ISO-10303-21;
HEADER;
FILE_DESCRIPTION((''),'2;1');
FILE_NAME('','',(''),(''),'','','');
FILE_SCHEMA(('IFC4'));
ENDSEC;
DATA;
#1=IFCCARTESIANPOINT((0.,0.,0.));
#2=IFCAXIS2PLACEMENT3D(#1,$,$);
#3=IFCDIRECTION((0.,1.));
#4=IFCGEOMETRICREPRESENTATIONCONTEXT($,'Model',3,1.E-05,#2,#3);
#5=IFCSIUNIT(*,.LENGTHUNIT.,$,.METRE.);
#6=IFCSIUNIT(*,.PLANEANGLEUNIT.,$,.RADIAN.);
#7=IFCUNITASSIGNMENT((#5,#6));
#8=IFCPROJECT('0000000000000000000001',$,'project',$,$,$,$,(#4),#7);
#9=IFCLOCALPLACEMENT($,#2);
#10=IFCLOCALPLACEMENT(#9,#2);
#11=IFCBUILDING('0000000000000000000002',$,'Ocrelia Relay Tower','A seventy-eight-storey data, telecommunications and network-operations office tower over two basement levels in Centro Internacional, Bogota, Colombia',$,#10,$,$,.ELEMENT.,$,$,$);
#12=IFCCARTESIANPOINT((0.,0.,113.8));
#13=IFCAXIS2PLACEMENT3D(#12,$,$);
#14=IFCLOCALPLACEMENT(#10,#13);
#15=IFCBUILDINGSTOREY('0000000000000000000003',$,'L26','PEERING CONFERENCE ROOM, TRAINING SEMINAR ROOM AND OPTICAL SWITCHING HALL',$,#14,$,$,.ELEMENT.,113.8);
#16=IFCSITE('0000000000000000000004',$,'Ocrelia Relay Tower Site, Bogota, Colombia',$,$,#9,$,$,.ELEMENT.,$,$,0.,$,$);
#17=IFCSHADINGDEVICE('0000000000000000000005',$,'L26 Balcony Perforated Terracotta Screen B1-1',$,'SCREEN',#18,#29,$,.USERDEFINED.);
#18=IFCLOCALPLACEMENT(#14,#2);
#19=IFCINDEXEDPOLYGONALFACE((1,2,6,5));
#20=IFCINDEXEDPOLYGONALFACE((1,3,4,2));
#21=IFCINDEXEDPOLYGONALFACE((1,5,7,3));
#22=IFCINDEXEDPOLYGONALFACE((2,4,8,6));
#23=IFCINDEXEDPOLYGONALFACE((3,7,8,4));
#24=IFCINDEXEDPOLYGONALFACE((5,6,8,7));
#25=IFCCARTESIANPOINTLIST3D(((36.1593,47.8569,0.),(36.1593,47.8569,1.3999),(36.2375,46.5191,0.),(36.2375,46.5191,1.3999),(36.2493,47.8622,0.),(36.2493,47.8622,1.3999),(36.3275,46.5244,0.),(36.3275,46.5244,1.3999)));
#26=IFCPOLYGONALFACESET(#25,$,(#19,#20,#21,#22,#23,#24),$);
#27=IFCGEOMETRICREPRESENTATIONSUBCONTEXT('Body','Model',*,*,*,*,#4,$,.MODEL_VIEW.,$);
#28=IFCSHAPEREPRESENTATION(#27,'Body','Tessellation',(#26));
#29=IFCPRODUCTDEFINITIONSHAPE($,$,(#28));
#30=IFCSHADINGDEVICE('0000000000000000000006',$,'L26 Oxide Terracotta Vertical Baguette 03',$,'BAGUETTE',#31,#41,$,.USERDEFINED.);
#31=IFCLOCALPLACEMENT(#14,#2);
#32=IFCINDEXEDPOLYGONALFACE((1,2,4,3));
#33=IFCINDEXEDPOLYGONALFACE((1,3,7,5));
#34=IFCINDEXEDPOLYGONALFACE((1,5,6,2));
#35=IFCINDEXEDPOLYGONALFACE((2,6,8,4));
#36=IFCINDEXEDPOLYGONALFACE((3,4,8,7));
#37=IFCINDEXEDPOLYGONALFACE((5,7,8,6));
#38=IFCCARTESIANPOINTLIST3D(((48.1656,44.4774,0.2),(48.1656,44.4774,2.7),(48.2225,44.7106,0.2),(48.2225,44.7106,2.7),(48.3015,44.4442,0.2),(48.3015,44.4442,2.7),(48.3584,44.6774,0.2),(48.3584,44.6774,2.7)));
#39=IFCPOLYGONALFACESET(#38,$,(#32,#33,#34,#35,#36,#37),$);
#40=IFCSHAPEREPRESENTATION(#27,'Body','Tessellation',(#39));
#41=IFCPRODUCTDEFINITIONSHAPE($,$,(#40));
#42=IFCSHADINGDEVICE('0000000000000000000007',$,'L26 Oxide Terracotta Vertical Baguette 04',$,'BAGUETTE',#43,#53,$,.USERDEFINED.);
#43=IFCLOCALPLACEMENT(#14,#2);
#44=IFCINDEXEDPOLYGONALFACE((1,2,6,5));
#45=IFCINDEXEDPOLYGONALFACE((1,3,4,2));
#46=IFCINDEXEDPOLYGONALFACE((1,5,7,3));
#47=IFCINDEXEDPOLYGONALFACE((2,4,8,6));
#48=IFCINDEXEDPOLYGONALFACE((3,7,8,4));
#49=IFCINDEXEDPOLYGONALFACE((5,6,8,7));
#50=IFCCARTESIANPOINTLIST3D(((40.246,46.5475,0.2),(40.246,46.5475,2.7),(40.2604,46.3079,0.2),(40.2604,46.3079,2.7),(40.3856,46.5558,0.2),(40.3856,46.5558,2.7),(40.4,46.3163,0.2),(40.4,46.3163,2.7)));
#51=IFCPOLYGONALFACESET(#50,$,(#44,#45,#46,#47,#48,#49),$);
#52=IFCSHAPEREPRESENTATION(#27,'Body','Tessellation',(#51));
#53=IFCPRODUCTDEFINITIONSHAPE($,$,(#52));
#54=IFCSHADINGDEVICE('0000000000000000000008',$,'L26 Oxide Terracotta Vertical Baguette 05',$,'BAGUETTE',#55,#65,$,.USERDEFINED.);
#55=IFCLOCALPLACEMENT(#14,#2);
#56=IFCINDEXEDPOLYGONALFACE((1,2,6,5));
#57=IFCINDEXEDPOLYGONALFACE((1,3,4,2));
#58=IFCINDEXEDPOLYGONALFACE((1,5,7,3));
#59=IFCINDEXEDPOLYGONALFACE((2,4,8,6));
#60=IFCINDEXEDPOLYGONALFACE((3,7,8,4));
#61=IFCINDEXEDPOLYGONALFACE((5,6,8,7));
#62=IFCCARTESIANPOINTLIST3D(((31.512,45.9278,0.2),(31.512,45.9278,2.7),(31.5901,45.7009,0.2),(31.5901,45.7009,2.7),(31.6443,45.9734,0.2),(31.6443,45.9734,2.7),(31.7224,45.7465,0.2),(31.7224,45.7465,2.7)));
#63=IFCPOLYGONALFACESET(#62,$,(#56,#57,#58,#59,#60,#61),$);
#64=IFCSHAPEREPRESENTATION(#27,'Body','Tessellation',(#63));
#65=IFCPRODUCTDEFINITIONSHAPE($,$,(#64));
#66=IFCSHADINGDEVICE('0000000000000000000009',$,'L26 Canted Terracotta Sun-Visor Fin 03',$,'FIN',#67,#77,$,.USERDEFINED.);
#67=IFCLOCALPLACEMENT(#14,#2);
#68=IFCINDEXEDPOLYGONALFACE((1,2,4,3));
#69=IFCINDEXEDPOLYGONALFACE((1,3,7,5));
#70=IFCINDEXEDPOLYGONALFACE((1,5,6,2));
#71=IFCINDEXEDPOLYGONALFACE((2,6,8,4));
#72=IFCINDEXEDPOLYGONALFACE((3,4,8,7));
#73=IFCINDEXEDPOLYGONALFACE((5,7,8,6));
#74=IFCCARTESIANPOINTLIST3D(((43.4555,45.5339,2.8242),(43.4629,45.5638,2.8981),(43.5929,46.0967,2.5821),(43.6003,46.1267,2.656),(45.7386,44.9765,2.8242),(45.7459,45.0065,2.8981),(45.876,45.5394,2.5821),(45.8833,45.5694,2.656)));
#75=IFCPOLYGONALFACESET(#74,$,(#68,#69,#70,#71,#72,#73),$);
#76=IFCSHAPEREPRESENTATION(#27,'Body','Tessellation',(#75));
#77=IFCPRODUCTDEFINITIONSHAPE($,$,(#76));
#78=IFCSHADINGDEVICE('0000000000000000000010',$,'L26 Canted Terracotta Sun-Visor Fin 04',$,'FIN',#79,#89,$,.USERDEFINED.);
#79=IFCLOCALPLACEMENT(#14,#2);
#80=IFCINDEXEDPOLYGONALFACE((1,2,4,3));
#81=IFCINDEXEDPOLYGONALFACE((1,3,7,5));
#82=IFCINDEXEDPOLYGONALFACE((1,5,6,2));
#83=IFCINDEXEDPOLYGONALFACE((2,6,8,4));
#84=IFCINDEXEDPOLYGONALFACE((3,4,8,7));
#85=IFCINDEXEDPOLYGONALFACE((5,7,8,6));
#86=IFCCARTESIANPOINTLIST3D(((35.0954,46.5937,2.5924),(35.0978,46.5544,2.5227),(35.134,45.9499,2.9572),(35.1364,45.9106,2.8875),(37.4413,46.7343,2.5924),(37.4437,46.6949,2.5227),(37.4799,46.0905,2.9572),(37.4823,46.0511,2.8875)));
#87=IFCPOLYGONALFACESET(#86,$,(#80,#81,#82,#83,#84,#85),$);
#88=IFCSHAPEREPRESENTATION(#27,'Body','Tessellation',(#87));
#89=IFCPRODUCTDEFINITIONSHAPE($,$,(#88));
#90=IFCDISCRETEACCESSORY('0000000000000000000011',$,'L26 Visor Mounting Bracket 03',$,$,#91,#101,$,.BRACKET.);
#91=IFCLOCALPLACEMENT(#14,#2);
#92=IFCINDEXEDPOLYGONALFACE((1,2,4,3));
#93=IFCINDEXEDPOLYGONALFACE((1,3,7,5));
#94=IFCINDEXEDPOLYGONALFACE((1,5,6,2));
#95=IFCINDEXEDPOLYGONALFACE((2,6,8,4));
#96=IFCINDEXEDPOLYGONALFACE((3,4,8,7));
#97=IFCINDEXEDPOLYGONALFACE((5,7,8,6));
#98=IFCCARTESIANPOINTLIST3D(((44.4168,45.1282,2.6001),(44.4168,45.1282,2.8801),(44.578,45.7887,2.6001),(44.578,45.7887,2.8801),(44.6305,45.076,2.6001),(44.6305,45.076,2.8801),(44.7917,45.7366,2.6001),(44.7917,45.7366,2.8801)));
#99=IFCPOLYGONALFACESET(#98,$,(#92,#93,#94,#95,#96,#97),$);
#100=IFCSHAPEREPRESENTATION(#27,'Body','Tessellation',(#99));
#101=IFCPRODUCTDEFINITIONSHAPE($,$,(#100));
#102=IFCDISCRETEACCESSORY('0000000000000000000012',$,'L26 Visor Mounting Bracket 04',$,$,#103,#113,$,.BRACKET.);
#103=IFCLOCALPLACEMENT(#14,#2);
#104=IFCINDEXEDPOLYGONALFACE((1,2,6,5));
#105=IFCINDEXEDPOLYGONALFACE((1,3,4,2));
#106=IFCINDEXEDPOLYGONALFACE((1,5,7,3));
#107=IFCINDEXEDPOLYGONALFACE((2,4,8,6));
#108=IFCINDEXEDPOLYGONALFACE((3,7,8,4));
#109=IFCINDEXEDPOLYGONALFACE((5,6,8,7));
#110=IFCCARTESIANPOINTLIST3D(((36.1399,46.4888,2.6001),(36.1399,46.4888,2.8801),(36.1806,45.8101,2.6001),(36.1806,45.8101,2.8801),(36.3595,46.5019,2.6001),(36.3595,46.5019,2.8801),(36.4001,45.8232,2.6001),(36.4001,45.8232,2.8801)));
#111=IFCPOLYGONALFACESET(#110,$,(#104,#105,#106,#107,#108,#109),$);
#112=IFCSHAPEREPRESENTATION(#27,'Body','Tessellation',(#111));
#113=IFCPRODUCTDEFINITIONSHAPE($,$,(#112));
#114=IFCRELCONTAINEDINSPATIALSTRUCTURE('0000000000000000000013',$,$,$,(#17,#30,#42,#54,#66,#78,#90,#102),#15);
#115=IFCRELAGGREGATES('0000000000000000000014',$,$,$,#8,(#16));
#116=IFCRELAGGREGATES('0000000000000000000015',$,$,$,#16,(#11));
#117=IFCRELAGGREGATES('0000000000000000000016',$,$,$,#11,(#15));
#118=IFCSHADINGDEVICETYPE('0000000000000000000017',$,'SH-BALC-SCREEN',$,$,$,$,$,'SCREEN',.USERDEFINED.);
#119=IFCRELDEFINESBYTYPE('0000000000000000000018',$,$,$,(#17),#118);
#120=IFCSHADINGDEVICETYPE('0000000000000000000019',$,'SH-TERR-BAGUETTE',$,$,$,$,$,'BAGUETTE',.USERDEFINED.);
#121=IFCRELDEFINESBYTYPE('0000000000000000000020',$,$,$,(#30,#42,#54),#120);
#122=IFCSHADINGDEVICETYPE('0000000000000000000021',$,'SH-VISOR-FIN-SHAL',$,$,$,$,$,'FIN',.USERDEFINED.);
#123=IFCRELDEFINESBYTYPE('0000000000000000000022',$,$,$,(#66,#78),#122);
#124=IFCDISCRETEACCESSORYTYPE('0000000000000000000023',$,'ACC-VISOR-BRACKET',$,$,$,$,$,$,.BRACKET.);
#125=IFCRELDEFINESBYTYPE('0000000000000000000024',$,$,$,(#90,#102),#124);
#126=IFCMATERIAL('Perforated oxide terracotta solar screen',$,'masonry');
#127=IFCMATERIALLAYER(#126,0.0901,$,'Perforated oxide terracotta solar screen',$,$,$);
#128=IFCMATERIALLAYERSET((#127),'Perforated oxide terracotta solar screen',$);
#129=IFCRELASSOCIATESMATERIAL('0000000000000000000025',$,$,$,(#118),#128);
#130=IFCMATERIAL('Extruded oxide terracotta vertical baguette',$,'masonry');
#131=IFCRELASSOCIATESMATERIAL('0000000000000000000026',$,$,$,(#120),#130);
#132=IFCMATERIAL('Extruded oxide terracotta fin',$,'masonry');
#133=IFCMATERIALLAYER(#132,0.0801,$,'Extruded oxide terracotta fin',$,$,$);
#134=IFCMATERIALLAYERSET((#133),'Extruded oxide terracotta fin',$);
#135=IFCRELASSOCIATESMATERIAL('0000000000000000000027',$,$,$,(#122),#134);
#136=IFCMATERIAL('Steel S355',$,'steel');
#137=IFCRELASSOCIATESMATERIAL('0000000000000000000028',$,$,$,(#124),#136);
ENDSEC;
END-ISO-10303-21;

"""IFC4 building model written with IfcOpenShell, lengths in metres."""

from ifc_helpers import new_model, si_unit, direction, frame, origin, origin_2d, place, context, subcontext, project, spatial, rectangle, extrude, material, layer, layer_set, type_object, element, save


model = new_model("IFC4")

# Units and contexts
model_context = context("Model", 3, precision=1e-05, world=origin(), true_north=direction((0.0, 1.0)))
body_context = subcontext(model_context, "Body", "Model", "MODEL_VIEW")
ifc_project = project(units=[si_unit("LENGTHUNIT", "METRE"), si_unit("PLANEANGLEUNIT", "RADIAN")], contexts=[model_context])

# Site, building, storey
site_placement = place(None, origin())
site = spatial("IfcSite", under=ifc_project, at=site_placement, Name="Ocrelia Relay Tower Site, Bogota, Colombia", CompositionType="ELEMENT", RefElevation=0.0)
building_placement = place(site_placement, origin())
building = spatial("IfcBuilding", under=site, at=building_placement, Name="Ocrelia Relay Tower", Description="A seventy-eight-storey data, telecommunications and network-operations office tower over two basement levels in Centro Internacional, Bogota, Colombia", CompositionType="ELEMENT")
storey_placement = place(building_placement, frame((0.0, 0.0, 113.8)))
storey = spatial("IfcBuildingStorey", under=building, at=storey_placement, Name="L26", Description="PEERING CONFERENCE ROOM, TRAINING SEMINAR ROOM AND OPTICAL SWITCHING HALL", CompositionType="ELEMENT", Elevation=113.8)

# Shared definitions
ifc_material_1 = material(Name="Steel S355", Category="steel")

# Shading devices
ifc_material_2 = material(Name="Perforated oxide terracotta solar screen", Category="masonry")
ifc_layer_1 = layer(ifc_material_2, 0.0901, Name="Perforated oxide terracotta solar screen")
ifc_layer_set_1 = layer_set([ifc_layer_1], Name="Perforated oxide terracotta solar screen")
shading_device_type_1 = type_object("IfcShadingDeviceType", Name="SH-BALC-SCREEN", ElementType="SCREEN", PredefinedType="USERDEFINED", material=ifc_layer_set_1)
shading_device_1_placement = place(storey_placement, frame((36.2434, 47.1907, 0.0), z_axis=(0.0, 0.0, 1.0), x_axis=(-0.058343, 0.998297, 0.0)))
element("IfcShadingDevice", 1, at=shading_device_1_placement, inside=storey, type_object=shading_device_type_1, Name="L26 Balcony Perforated Terracotta Screen B1-1", ObjectType="SCREEN", PredefinedType="USERDEFINED", context=body_context, shape_type="SweptSolid", body=[
    extrude(rectangle(XDim=1.3401, YDim=0.0901, at=origin_2d()), origin(), (0.0, 0.0, 1.0), 1.3999),
])
ifc_material_3 = material(Name="Extruded oxide terracotta vertical baguette", Category="masonry")
shading_device_type_2 = type_object("IfcShadingDeviceType", Name="SH-TERR-BAGUETTE", ElementType="BAGUETTE", PredefinedType="USERDEFINED", material=ifc_material_3)
for number, where, z_axis, x_axis, name in (
    (2, (48.262, 44.5774, 0.2), (0.0, 0.0, 1.0), (-0.971475, 0.237143, 0.0), "L26 Oxide Terracotta Vertical Baguette 03"),
    (3, (40.323, 46.4319, 0.2), (0.0, 0.0, 1.0), (-0.99821, -0.059807, 0.0), "L26 Oxide Terracotta Vertical Baguette 04"),
    (4, (31.6172, 45.8372, 0.2), (0.0, 0.0, 1.0), (-0.945517, -0.325573, 0.0), "L26 Oxide Terracotta Vertical Baguette 05"),
):
    element("IfcShadingDevice", number, at=place(storey_placement, frame(where, z_axis=z_axis, x_axis=x_axis)), inside=storey, type_object=shading_device_type_2, Name=name, ObjectType="BAGUETTE", PredefinedType="USERDEFINED", context=body_context, shape_type="SweptSolid", body=[
        extrude(rectangle(XDim=0.1399, YDim=0.24, at=origin_2d()), origin(), (0.0, 0.0, 1.0), 2.5),
    ])
ifc_material_4 = material(Name="Extruded oxide terracotta fin", Category="masonry")
ifc_layer_2 = layer(ifc_material_4, 0.0801, Name="Extruded oxide terracotta fin")
ifc_layer_set_2 = layer_set([ifc_layer_2], Name="Extruded oxide terracotta fin")
shading_device_type_3 = type_object("IfcShadingDeviceType", Name="SH-VISOR-FIN-SHAL", ElementType="FIN", PredefinedType="USERDEFINED", material=ifc_layer_set_2)
shading_device_2_placement = place(storey_placement, frame((44.6658, 45.5366, 2.7031), z_axis=(0.091439, 0.374585, 0.922673), x_axis=(-0.971475, 0.237143, 0.0)))
element("IfcShadingDevice", 5, at=shading_device_2_placement, inside=storey, type_object=shading_device_type_3, Name="L26 Canted Terracotta Sun-Visor Fin 03", ObjectType="FIN", PredefinedType="USERDEFINED", context=body_context, shape_type="SweptSolid", body=[
    extrude(rectangle(XDim=2.3501, YDim=0.6279, at=origin_2d()), origin(), (0.0, 0.0, 1.0), 0.0801),
])
shading_device_3_placement = place(storey_placement, frame((36.29, 46.3027, 2.7051), z_axis=(-0.029441, 0.49139, 0.870442), x_axis=(-0.99821, -0.059807, 0.0)))
element("IfcShadingDevice", 6, at=shading_device_3_placement, inside=storey, type_object=shading_device_type_3, Name="L26 Canted Terracotta Sun-Visor Fin 04", ObjectType="FIN", PredefinedType="USERDEFINED", context=body_context, shape_type="SweptSolid", body=[
    extrude(rectangle(XDim=2.3501, YDim=0.741, at=origin_2d()), origin(), (0.0, 0.0, 1.0), 0.0801),
])

# Discrete accessories
discrete_accessory_type = type_object("IfcDiscreteAccessoryType", Name="ACC-VISOR-BRACKET", PredefinedType="BRACKET", material=ifc_material_1)
for number, where, z_axis, x_axis, name in (
    (7, (44.6042, 45.4324, 2.6001), (0.0, 0.0, 1.0), (-0.971475, 0.237143, 0.0), "L26 Visor Mounting Bracket 03"),
    (8, (36.27, 46.156, 2.6001), (0.0, 0.0, 1.0), (-0.99821, -0.059807, 0.0), "L26 Visor Mounting Bracket 04"),
):
    element("IfcDiscreteAccessory", number, at=place(storey_placement, frame(where, z_axis=z_axis, x_axis=x_axis)), inside=storey, type_object=discrete_accessory_type, Name=name, PredefinedType="BRACKET", context=body_context, shape_type="SweptSolid", body=[
        extrude(rectangle(XDim=0.22, YDim=0.6799, at=origin_2d()), origin(), (0.0, 0.0, 1.0), 0.28),
    ])

save(model, "model.ifc")
